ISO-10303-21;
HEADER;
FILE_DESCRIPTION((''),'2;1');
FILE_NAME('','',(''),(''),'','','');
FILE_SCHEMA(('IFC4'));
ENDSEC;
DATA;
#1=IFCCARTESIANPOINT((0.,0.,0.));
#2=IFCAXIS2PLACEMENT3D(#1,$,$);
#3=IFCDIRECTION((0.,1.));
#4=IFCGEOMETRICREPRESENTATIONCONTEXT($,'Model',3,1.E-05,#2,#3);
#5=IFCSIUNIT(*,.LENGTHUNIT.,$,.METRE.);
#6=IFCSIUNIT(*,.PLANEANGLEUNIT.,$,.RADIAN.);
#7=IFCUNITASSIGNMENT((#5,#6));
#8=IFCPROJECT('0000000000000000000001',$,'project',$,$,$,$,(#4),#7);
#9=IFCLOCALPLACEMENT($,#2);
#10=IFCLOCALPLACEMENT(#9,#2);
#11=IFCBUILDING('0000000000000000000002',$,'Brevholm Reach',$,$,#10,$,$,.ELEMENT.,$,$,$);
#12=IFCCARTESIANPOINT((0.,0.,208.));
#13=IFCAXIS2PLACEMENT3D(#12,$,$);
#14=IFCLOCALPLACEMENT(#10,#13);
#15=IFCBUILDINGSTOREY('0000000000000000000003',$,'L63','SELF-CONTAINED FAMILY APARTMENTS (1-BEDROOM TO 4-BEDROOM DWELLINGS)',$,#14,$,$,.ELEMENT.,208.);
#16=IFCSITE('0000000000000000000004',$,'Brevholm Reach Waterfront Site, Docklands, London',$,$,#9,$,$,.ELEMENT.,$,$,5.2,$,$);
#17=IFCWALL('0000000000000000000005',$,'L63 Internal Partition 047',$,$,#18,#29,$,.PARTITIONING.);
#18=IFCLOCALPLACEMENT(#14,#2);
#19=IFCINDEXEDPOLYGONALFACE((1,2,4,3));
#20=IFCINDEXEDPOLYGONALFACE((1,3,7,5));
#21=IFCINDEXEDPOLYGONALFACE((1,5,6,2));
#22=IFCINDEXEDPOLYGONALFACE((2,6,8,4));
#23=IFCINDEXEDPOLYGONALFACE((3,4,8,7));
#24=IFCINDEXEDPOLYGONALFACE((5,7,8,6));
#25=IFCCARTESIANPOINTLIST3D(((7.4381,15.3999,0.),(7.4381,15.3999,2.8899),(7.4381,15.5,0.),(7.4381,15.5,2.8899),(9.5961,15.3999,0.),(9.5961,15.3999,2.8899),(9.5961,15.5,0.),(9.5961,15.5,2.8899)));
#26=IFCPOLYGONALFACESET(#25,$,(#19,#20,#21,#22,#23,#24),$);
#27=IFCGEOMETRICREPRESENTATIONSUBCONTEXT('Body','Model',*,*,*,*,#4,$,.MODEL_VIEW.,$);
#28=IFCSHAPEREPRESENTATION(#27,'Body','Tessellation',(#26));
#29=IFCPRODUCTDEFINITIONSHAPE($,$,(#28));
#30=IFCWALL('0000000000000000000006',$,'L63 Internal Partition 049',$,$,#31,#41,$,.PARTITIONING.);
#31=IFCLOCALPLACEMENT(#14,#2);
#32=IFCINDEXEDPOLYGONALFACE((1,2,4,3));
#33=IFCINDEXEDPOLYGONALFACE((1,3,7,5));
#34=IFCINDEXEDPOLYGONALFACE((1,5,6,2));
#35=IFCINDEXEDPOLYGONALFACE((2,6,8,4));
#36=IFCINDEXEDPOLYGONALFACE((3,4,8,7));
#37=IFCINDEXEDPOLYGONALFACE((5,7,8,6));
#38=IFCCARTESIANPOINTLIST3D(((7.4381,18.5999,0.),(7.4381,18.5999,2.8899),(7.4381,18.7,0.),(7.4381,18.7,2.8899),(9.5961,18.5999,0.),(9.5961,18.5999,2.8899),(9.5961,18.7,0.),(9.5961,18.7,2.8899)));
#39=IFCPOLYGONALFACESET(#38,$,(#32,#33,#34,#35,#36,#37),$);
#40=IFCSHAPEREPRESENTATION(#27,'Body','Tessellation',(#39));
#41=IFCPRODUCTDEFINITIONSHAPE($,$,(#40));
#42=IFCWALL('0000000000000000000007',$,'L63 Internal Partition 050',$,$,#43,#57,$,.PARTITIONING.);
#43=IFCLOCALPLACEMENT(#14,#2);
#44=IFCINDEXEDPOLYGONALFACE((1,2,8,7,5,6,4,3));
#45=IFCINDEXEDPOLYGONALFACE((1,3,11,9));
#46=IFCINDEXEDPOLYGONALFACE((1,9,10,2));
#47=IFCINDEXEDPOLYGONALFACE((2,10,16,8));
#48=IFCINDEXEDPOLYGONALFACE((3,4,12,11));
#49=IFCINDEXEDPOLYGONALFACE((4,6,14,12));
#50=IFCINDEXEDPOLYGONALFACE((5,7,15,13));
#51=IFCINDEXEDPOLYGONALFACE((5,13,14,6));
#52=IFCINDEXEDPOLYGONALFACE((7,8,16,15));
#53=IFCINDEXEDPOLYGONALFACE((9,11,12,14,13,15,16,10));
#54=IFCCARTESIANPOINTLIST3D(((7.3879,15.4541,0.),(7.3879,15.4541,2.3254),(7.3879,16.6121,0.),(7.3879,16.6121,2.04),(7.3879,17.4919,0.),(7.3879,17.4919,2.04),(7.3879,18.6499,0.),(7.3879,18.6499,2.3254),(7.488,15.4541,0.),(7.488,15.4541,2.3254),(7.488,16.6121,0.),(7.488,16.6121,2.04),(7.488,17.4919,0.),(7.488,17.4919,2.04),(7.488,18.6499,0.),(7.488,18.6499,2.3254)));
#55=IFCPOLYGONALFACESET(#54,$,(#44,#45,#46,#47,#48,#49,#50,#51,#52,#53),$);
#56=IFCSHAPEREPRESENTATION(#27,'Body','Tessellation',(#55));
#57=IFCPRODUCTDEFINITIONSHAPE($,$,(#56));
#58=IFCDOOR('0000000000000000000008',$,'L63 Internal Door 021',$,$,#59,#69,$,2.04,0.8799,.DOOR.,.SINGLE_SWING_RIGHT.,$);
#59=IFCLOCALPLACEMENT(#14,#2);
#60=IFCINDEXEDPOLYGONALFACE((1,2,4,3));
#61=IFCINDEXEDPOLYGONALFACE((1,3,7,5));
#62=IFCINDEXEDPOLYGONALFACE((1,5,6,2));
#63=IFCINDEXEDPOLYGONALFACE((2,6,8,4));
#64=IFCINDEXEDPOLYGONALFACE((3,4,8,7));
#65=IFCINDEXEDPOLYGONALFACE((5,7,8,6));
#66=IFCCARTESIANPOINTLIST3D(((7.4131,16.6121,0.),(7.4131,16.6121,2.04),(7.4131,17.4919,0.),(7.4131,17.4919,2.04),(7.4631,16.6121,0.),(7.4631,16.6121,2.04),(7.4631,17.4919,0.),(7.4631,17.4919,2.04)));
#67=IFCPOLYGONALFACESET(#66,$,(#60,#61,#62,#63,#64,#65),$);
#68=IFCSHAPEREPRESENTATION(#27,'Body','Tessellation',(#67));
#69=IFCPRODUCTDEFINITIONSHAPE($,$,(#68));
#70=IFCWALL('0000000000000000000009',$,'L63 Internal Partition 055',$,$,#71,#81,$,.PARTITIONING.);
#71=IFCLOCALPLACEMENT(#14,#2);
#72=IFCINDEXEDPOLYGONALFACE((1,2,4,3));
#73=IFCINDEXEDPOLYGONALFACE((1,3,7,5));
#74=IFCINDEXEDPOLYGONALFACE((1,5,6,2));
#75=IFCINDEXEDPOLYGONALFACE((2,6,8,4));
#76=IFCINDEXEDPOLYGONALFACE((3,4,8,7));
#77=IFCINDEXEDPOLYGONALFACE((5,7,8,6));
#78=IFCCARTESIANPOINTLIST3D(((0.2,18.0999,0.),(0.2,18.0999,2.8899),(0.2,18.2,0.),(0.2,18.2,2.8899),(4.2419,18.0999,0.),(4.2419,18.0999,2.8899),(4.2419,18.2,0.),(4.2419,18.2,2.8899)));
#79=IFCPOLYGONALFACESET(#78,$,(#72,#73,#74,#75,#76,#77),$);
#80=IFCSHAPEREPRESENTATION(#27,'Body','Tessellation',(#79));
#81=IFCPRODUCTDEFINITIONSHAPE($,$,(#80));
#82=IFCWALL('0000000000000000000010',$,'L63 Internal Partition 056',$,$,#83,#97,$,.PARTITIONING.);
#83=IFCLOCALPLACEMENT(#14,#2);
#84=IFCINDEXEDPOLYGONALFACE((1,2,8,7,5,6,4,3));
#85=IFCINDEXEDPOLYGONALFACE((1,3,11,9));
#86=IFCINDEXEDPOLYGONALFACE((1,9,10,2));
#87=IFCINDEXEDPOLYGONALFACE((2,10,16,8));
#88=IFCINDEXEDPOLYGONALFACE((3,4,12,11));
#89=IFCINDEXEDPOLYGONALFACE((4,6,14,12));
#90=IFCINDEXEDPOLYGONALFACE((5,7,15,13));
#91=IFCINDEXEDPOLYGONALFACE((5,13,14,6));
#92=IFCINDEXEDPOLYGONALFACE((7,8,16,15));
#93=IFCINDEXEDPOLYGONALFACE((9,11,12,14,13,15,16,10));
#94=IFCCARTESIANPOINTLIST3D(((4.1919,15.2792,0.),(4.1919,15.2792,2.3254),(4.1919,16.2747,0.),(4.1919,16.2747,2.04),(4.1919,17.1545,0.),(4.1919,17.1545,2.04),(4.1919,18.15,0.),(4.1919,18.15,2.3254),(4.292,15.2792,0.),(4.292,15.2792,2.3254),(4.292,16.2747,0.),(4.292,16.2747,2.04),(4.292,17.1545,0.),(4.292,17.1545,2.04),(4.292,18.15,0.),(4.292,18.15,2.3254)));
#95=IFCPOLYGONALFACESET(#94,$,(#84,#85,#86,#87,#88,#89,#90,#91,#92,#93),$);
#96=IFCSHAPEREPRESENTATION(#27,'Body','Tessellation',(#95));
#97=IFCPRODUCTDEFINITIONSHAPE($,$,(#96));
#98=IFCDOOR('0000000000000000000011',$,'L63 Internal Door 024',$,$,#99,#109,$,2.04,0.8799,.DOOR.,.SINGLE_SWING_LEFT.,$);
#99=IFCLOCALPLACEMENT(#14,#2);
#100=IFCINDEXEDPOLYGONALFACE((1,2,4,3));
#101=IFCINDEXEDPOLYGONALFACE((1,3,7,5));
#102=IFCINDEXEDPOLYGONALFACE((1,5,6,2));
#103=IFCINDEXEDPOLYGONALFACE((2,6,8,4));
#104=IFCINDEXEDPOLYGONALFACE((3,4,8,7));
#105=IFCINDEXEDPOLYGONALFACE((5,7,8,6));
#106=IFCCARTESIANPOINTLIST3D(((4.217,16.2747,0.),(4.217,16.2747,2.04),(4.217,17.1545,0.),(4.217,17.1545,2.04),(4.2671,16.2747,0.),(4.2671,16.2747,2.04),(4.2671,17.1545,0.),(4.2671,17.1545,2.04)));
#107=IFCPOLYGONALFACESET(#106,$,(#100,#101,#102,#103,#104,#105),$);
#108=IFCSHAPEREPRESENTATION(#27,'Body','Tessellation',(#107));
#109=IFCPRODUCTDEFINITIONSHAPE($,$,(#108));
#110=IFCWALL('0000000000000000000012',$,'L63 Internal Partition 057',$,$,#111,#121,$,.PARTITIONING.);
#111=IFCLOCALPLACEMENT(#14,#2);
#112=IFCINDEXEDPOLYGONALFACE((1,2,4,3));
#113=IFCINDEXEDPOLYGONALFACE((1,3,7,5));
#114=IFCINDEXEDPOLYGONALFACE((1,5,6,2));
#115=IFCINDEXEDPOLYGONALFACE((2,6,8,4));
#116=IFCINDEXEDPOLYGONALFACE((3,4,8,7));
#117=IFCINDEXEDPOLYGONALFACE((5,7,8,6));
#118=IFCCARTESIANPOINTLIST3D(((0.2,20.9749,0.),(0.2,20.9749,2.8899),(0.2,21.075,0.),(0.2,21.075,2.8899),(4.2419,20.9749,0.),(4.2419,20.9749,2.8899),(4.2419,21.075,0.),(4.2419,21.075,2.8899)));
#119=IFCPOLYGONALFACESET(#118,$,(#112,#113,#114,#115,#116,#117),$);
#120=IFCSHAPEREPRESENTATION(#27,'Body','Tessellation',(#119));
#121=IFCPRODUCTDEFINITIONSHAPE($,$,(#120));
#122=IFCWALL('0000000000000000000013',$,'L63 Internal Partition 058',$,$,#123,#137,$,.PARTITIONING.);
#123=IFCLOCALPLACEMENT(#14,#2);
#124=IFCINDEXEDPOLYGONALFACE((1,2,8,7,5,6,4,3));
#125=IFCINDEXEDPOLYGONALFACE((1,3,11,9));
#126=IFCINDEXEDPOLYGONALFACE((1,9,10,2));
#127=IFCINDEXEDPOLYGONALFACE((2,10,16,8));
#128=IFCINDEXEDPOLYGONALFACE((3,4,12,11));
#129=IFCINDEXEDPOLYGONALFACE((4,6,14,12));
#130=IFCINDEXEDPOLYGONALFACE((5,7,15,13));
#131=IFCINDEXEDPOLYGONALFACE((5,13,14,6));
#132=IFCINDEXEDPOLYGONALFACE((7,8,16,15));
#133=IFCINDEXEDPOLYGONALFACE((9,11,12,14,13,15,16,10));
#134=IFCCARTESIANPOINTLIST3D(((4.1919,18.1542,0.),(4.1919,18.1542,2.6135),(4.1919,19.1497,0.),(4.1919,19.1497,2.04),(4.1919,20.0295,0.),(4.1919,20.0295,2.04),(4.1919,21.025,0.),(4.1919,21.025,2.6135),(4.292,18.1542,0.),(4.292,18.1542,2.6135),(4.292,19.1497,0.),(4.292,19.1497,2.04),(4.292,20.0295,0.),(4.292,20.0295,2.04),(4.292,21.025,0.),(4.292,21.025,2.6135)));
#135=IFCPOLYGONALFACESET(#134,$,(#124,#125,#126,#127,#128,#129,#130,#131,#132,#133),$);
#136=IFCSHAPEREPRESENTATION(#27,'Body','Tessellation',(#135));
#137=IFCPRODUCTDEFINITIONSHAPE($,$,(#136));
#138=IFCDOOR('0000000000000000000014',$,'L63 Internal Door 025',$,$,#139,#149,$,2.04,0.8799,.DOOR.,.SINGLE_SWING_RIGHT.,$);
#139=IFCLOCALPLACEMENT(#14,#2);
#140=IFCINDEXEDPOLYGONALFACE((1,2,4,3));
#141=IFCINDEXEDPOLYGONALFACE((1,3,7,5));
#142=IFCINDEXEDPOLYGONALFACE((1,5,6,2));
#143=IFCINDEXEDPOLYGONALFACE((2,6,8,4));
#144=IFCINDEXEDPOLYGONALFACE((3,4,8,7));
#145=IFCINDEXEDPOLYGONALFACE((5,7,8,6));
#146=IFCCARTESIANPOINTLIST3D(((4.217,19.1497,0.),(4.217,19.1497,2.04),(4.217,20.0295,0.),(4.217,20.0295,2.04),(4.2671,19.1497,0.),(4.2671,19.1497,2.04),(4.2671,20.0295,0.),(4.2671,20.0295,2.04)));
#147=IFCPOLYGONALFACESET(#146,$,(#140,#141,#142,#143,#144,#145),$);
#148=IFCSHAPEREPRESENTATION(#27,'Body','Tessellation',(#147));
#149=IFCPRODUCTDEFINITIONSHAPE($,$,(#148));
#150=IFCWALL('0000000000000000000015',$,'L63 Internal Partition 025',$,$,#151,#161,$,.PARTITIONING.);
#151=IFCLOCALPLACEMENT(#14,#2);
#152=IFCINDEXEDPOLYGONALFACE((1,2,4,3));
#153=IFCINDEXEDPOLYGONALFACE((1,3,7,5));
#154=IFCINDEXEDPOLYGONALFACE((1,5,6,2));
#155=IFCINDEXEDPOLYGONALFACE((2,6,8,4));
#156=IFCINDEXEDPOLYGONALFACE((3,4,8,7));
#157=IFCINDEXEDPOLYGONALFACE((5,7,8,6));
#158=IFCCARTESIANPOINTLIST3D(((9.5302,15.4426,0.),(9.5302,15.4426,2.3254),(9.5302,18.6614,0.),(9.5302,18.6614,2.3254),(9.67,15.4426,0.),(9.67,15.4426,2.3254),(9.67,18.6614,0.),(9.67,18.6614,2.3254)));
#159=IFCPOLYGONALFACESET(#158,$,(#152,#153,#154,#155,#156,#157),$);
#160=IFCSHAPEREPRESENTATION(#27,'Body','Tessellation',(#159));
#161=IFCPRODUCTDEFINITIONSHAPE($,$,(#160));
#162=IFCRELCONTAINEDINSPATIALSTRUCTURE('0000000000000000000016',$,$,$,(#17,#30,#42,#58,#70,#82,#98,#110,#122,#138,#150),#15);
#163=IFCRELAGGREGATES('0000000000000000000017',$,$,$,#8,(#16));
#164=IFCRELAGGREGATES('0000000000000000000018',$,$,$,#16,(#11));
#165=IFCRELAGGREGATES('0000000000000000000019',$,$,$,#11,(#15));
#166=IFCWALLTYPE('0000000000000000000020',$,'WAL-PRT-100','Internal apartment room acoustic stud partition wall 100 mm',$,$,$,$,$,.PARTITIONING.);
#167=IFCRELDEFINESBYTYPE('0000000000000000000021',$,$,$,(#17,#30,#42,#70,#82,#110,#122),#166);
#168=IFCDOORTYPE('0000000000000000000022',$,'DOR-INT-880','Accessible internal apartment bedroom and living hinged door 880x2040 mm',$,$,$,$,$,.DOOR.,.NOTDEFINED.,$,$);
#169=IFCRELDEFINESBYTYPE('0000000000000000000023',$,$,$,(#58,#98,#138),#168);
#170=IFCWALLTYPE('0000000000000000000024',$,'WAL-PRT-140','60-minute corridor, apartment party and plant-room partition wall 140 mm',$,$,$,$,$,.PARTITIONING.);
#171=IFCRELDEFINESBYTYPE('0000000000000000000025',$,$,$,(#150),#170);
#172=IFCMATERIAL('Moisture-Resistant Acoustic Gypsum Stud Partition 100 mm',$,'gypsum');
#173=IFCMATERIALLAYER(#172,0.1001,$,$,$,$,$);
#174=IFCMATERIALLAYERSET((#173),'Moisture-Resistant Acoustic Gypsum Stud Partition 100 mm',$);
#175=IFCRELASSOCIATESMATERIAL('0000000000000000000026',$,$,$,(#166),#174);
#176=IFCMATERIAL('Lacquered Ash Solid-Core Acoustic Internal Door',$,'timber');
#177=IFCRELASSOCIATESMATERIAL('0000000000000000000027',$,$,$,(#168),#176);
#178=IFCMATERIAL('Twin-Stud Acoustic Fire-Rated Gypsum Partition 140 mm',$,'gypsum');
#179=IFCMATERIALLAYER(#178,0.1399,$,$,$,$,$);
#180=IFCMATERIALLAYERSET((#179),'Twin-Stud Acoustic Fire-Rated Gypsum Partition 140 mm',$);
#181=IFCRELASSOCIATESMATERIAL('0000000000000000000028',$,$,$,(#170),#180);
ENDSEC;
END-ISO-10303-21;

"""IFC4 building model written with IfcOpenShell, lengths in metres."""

from ifc_helpers import new_model, si_unit, direction, frame, frame_2d, origin, place, context, subcontext, project, spatial, rectangle, extrude, material, layer, layer_set, type_object, element, fill, save


model = new_model("IFC4")

# Units and contexts
model_context = context("Model", 3, precision=1e-05, world=origin(), true_north=direction((0.0, 1.0)))
body_context = subcontext(model_context, "Body", "Model", "MODEL_VIEW")
ifc_project = project(units=[si_unit("LENGTHUNIT", "METRE"), si_unit("PLANEANGLEUNIT", "RADIAN")], contexts=[model_context])

# Site, building, storey
site_placement = place(None, origin())
site = spatial("IfcSite", under=ifc_project, at=site_placement, Name="Brevholm Reach Waterfront Site, Docklands, London", CompositionType="ELEMENT", RefElevation=5.2)
building_placement = place(site_placement, origin())
building = spatial("IfcBuilding", under=site, at=building_placement, Name="Brevholm Reach", CompositionType="ELEMENT")
storey_placement = place(building_placement, frame((0.0, 0.0, 208.0)))
storey = spatial("IfcBuildingStorey", under=building, at=storey_placement, Name="L63", Description="SELF-CONTAINED FAMILY APARTMENTS (1-BEDROOM TO 4-BEDROOM DWELLINGS)", CompositionType="ELEMENT", Elevation=208.0)

# Walls
ifc_material_1 = material(Name="Moisture-Resistant Acoustic Gypsum Stud Partition 100 mm", Category="gypsum")
ifc_layer_1 = layer(ifc_material_1, 0.1001)
ifc_layer_set_1 = layer_set([ifc_layer_1], Name="Moisture-Resistant Acoustic Gypsum Stud Partition 100 mm")
wall_type_1 = type_object("IfcWallType", Name="WAL-PRT-100", Description="Internal apartment room acoustic stud partition wall 100 mm", PredefinedType="PARTITIONING", material=ifc_layer_set_1)
for number, where, z_axis, x_axis, name in (
    (1, (7.438, 15.45, 0.0), (0.0, 0.0, 1.0), (1.0, 0.0, 0.0), "L63 Internal Partition 047"),
    (2, (7.438, 18.6499, 0.0), (0.0, 0.0, 1.0), (1.0, 0.0, 0.0), "L63 Internal Partition 049"),
):
    element("IfcWall", number, at=place(storey_placement, frame(where, z_axis=z_axis, x_axis=x_axis)), inside=storey, type_object=wall_type_1, Name=name, PredefinedType="PARTITIONING", context=body_context, shape_type="SweptSolid", body=[
        extrude(rectangle(XDim=2.158, YDim=0.1001, at=frame_2d((1.0791, 0.0))), origin(), (0.0, 0.0, 1.0), 2.8899),
    ])

# Wall, opening, door
wall_1_placement = place(storey_placement, frame((7.438, 15.4541, 0.0), z_axis=(0.0, 0.0, 1.0), x_axis=(0.0, 1.0, 0.0)))
wall_1 = element("IfcWall", 3, at=wall_1_placement, inside=storey, type_object=wall_type_1, Name="L63 Internal Partition 050", PredefinedType="PARTITIONING", context=body_context, shape_type="SweptSolid", body=[
    extrude(rectangle(XDim=3.1958, YDim=0.1001, at=frame_2d((1.5979, 0.0))), origin(), (0.0, 0.0, 1.0), 2.3254),
])
opening_1_placement = place(wall_1_placement, frame((1.158, 0.0, 0.0)))
opening_1 = element("IfcOpeningElement", 4, at=opening_1_placement, cuts=wall_1, PredefinedType="OPENING", context=body_context, shape_type="SweptSolid", body=[
    extrude(rectangle(XDim=0.8799, YDim=2.04, at=frame_2d((0.4399, 1.02))), frame((0.0, 0.0601, 0.0), z_axis=(0.0, -1.0, 0.0), x_axis=(1.0, 0.0, 0.0)), (0.0, 0.0, 1.0), 0.1201),
])
ifc_material_2 = material(Name="Lacquered Ash Solid-Core Acoustic Internal Door", Category="timber")
door_type = type_object("IfcDoorType", Name="DOR-INT-880", Description="Accessible internal apartment bedroom and living hinged door 880x2040 mm", OperationType="NOTDEFINED", PredefinedType="DOOR", material=ifc_material_2)
door_1_placement = place(opening_1_placement, origin())
door_1 = element("IfcDoor", 5, at=door_1_placement, inside=storey, type_object=door_type, Name="L63 Internal Door 021", OperationType="SINGLE_SWING_RIGHT", OverallHeight=2.04, OverallWidth=0.8799, PredefinedType="DOOR", context=body_context, shape_type="SweptSolid", body=[
    extrude(rectangle(XDim=0.8799, YDim=2.04, at=frame_2d((0.4399, 1.02))), frame((0.0, 0.0249, 0.0), z_axis=(0.0, -1.0, 0.0), x_axis=(1.0, 0.0, 0.0)), (0.0, 0.0, 1.0), 0.05),
])
fill(opening_1, door_1)

# Wall
wall_2_placement = place(storey_placement, frame((0.2, 18.1499, 0.0), z_axis=(0.0, 0.0, 1.0), x_axis=(1.0, 0.0, 0.0)))
element("IfcWall", 6, at=wall_2_placement, inside=storey, type_object=wall_type_1, Name="L63 Internal Partition 055", PredefinedType="PARTITIONING", context=body_context, shape_type="SweptSolid", body=[
    extrude(rectangle(XDim=4.042, YDim=0.1001, at=frame_2d((2.021, 0.0))), origin(), (0.0, 0.0, 1.0), 2.8899),
])

# Wall, opening, door
wall_3_placement = place(storey_placement, frame((4.2419, 15.2791, 0.0), z_axis=(0.0, 0.0, 1.0), x_axis=(0.0, 1.0, 0.0)))
wall_3 = element("IfcWall", 7, at=wall_3_placement, inside=storey, type_object=wall_type_1, Name="L63 Internal Partition 056", PredefinedType="PARTITIONING", context=body_context, shape_type="SweptSolid", body=[
    extrude(rectangle(XDim=2.8708, YDim=0.1001, at=frame_2d((1.4355, 0.0))), origin(), (0.0, 0.0, 1.0), 2.3254),
])
opening_2_placement = place(wall_3_placement, frame((0.9956, 0.0, 0.0)))
opening_2 = element("IfcOpeningElement", 8, at=opening_2_placement, cuts=wall_3, PredefinedType="OPENING", context=body_context, shape_type="SweptSolid", body=[
    extrude(rectangle(XDim=0.8799, YDim=2.04, at=frame_2d((0.4399, 1.02))), frame((0.0, 0.0601, 0.0), z_axis=(0.0, -1.0, 0.0), x_axis=(1.0, 0.0, 0.0)), (0.0, 0.0, 1.0), 0.1201),
])
door_2_placement = place(opening_2_placement, origin())
door_2 = element("IfcDoor", 9, at=door_2_placement, inside=storey, type_object=door_type, Name="L63 Internal Door 024", OperationType="SINGLE_SWING_LEFT", OverallHeight=2.04, OverallWidth=0.8799, PredefinedType="DOOR", context=body_context, shape_type="SweptSolid", body=[
    extrude(rectangle(XDim=0.8799, YDim=2.04, at=frame_2d((0.4399, 1.02))), frame((0.0, 0.0249, 0.0), z_axis=(0.0, -1.0, 0.0), x_axis=(1.0, 0.0, 0.0)), (0.0, 0.0, 1.0), 0.05),
])
fill(opening_2, door_2)

# Wall
wall_4_placement = place(storey_placement, frame((0.2, 21.0249, 0.0), z_axis=(0.0, 0.0, 1.0), x_axis=(1.0, 0.0, 0.0)))
element("IfcWall", 10, at=wall_4_placement, inside=storey, type_object=wall_type_1, Name="L63 Internal Partition 057", PredefinedType="PARTITIONING", context=body_context, shape_type="SweptSolid", body=[
    extrude(rectangle(XDim=4.042, YDim=0.1001, at=frame_2d((2.021, 0.0))), origin(), (0.0, 0.0, 1.0), 2.8899),
])

# Wall, opening, door
wall_5_placement = place(storey_placement, frame((4.2419, 18.1541, 0.0), z_axis=(0.0, 0.0, 1.0), x_axis=(0.0, 1.0, 0.0)))
wall_5 = element("IfcWall", 11, at=wall_5_placement, inside=storey, type_object=wall_type_1, Name="L63 Internal Partition 058", PredefinedType="PARTITIONING", context=body_context, shape_type="SweptSolid", body=[
    extrude(rectangle(XDim=2.8708, YDim=0.1001, at=frame_2d((1.4355, 0.0))), origin(), (0.0, 0.0, 1.0), 2.6135),
])
opening_3_placement = place(wall_5_placement, frame((0.9956, 0.0, 0.0)))
opening_3 = element("IfcOpeningElement", 12, at=opening_3_placement, cuts=wall_5, PredefinedType="OPENING", context=body_context, shape_type="SweptSolid", body=[
    extrude(rectangle(XDim=0.8799, YDim=2.04, at=frame_2d((0.4399, 1.02))), frame((0.0, 0.0601, 0.0), z_axis=(0.0, -1.0, 0.0), x_axis=(1.0, 0.0, 0.0)), (0.0, 0.0, 1.0), 0.1201),
])
door_3_placement = place(opening_3_placement, origin())
door_3 = element("IfcDoor", 13, at=door_3_placement, inside=storey, type_object=door_type, Name="L63 Internal Door 025", OperationType="SINGLE_SWING_RIGHT", OverallHeight=2.04, OverallWidth=0.8799, PredefinedType="DOOR", context=body_context, shape_type="SweptSolid", body=[
    extrude(rectangle(XDim=0.8799, YDim=2.04, at=frame_2d((0.4399, 1.02))), frame((0.0, 0.0249, 0.0), z_axis=(0.0, -1.0, 0.0), x_axis=(1.0, 0.0, 0.0)), (0.0, 0.0, 1.0), 0.05),
])
fill(opening_3, door_3)

# Wall
ifc_material_3 = material(Name="Twin-Stud Acoustic Fire-Rated Gypsum Partition 140 mm", Category="gypsum")
ifc_layer_2 = layer(ifc_material_3, 0.1399)
ifc_layer_set_2 = layer_set([ifc_layer_2], Name="Twin-Stud Acoustic Fire-Rated Gypsum Partition 140 mm")
wall_type_2 = type_object("IfcWallType", Name="WAL-PRT-140", Description="60-minute corridor, apartment party and plant-room partition wall 140 mm", PredefinedType="PARTITIONING", material=ifc_layer_set_2)
wall_6_placement = place(storey_placement, frame((9.6001, 15.4426, 0.0), z_axis=(0.0, 0.0, 1.0), x_axis=(0.0, 1.0, 0.0)))
element("IfcWall", 14, at=wall_6_placement, inside=storey, type_object=wall_type_2, Name="L63 Internal Partition 025", PredefinedType="PARTITIONING", context=body_context, shape_type="SweptSolid", body=[
    extrude(rectangle(XDim=3.2188, YDim=0.1399, at=frame_2d((1.6094, 0.0))), origin(), (0.0, 0.0, 1.0), 2.3254),
])

save(model, "model.ifc")
